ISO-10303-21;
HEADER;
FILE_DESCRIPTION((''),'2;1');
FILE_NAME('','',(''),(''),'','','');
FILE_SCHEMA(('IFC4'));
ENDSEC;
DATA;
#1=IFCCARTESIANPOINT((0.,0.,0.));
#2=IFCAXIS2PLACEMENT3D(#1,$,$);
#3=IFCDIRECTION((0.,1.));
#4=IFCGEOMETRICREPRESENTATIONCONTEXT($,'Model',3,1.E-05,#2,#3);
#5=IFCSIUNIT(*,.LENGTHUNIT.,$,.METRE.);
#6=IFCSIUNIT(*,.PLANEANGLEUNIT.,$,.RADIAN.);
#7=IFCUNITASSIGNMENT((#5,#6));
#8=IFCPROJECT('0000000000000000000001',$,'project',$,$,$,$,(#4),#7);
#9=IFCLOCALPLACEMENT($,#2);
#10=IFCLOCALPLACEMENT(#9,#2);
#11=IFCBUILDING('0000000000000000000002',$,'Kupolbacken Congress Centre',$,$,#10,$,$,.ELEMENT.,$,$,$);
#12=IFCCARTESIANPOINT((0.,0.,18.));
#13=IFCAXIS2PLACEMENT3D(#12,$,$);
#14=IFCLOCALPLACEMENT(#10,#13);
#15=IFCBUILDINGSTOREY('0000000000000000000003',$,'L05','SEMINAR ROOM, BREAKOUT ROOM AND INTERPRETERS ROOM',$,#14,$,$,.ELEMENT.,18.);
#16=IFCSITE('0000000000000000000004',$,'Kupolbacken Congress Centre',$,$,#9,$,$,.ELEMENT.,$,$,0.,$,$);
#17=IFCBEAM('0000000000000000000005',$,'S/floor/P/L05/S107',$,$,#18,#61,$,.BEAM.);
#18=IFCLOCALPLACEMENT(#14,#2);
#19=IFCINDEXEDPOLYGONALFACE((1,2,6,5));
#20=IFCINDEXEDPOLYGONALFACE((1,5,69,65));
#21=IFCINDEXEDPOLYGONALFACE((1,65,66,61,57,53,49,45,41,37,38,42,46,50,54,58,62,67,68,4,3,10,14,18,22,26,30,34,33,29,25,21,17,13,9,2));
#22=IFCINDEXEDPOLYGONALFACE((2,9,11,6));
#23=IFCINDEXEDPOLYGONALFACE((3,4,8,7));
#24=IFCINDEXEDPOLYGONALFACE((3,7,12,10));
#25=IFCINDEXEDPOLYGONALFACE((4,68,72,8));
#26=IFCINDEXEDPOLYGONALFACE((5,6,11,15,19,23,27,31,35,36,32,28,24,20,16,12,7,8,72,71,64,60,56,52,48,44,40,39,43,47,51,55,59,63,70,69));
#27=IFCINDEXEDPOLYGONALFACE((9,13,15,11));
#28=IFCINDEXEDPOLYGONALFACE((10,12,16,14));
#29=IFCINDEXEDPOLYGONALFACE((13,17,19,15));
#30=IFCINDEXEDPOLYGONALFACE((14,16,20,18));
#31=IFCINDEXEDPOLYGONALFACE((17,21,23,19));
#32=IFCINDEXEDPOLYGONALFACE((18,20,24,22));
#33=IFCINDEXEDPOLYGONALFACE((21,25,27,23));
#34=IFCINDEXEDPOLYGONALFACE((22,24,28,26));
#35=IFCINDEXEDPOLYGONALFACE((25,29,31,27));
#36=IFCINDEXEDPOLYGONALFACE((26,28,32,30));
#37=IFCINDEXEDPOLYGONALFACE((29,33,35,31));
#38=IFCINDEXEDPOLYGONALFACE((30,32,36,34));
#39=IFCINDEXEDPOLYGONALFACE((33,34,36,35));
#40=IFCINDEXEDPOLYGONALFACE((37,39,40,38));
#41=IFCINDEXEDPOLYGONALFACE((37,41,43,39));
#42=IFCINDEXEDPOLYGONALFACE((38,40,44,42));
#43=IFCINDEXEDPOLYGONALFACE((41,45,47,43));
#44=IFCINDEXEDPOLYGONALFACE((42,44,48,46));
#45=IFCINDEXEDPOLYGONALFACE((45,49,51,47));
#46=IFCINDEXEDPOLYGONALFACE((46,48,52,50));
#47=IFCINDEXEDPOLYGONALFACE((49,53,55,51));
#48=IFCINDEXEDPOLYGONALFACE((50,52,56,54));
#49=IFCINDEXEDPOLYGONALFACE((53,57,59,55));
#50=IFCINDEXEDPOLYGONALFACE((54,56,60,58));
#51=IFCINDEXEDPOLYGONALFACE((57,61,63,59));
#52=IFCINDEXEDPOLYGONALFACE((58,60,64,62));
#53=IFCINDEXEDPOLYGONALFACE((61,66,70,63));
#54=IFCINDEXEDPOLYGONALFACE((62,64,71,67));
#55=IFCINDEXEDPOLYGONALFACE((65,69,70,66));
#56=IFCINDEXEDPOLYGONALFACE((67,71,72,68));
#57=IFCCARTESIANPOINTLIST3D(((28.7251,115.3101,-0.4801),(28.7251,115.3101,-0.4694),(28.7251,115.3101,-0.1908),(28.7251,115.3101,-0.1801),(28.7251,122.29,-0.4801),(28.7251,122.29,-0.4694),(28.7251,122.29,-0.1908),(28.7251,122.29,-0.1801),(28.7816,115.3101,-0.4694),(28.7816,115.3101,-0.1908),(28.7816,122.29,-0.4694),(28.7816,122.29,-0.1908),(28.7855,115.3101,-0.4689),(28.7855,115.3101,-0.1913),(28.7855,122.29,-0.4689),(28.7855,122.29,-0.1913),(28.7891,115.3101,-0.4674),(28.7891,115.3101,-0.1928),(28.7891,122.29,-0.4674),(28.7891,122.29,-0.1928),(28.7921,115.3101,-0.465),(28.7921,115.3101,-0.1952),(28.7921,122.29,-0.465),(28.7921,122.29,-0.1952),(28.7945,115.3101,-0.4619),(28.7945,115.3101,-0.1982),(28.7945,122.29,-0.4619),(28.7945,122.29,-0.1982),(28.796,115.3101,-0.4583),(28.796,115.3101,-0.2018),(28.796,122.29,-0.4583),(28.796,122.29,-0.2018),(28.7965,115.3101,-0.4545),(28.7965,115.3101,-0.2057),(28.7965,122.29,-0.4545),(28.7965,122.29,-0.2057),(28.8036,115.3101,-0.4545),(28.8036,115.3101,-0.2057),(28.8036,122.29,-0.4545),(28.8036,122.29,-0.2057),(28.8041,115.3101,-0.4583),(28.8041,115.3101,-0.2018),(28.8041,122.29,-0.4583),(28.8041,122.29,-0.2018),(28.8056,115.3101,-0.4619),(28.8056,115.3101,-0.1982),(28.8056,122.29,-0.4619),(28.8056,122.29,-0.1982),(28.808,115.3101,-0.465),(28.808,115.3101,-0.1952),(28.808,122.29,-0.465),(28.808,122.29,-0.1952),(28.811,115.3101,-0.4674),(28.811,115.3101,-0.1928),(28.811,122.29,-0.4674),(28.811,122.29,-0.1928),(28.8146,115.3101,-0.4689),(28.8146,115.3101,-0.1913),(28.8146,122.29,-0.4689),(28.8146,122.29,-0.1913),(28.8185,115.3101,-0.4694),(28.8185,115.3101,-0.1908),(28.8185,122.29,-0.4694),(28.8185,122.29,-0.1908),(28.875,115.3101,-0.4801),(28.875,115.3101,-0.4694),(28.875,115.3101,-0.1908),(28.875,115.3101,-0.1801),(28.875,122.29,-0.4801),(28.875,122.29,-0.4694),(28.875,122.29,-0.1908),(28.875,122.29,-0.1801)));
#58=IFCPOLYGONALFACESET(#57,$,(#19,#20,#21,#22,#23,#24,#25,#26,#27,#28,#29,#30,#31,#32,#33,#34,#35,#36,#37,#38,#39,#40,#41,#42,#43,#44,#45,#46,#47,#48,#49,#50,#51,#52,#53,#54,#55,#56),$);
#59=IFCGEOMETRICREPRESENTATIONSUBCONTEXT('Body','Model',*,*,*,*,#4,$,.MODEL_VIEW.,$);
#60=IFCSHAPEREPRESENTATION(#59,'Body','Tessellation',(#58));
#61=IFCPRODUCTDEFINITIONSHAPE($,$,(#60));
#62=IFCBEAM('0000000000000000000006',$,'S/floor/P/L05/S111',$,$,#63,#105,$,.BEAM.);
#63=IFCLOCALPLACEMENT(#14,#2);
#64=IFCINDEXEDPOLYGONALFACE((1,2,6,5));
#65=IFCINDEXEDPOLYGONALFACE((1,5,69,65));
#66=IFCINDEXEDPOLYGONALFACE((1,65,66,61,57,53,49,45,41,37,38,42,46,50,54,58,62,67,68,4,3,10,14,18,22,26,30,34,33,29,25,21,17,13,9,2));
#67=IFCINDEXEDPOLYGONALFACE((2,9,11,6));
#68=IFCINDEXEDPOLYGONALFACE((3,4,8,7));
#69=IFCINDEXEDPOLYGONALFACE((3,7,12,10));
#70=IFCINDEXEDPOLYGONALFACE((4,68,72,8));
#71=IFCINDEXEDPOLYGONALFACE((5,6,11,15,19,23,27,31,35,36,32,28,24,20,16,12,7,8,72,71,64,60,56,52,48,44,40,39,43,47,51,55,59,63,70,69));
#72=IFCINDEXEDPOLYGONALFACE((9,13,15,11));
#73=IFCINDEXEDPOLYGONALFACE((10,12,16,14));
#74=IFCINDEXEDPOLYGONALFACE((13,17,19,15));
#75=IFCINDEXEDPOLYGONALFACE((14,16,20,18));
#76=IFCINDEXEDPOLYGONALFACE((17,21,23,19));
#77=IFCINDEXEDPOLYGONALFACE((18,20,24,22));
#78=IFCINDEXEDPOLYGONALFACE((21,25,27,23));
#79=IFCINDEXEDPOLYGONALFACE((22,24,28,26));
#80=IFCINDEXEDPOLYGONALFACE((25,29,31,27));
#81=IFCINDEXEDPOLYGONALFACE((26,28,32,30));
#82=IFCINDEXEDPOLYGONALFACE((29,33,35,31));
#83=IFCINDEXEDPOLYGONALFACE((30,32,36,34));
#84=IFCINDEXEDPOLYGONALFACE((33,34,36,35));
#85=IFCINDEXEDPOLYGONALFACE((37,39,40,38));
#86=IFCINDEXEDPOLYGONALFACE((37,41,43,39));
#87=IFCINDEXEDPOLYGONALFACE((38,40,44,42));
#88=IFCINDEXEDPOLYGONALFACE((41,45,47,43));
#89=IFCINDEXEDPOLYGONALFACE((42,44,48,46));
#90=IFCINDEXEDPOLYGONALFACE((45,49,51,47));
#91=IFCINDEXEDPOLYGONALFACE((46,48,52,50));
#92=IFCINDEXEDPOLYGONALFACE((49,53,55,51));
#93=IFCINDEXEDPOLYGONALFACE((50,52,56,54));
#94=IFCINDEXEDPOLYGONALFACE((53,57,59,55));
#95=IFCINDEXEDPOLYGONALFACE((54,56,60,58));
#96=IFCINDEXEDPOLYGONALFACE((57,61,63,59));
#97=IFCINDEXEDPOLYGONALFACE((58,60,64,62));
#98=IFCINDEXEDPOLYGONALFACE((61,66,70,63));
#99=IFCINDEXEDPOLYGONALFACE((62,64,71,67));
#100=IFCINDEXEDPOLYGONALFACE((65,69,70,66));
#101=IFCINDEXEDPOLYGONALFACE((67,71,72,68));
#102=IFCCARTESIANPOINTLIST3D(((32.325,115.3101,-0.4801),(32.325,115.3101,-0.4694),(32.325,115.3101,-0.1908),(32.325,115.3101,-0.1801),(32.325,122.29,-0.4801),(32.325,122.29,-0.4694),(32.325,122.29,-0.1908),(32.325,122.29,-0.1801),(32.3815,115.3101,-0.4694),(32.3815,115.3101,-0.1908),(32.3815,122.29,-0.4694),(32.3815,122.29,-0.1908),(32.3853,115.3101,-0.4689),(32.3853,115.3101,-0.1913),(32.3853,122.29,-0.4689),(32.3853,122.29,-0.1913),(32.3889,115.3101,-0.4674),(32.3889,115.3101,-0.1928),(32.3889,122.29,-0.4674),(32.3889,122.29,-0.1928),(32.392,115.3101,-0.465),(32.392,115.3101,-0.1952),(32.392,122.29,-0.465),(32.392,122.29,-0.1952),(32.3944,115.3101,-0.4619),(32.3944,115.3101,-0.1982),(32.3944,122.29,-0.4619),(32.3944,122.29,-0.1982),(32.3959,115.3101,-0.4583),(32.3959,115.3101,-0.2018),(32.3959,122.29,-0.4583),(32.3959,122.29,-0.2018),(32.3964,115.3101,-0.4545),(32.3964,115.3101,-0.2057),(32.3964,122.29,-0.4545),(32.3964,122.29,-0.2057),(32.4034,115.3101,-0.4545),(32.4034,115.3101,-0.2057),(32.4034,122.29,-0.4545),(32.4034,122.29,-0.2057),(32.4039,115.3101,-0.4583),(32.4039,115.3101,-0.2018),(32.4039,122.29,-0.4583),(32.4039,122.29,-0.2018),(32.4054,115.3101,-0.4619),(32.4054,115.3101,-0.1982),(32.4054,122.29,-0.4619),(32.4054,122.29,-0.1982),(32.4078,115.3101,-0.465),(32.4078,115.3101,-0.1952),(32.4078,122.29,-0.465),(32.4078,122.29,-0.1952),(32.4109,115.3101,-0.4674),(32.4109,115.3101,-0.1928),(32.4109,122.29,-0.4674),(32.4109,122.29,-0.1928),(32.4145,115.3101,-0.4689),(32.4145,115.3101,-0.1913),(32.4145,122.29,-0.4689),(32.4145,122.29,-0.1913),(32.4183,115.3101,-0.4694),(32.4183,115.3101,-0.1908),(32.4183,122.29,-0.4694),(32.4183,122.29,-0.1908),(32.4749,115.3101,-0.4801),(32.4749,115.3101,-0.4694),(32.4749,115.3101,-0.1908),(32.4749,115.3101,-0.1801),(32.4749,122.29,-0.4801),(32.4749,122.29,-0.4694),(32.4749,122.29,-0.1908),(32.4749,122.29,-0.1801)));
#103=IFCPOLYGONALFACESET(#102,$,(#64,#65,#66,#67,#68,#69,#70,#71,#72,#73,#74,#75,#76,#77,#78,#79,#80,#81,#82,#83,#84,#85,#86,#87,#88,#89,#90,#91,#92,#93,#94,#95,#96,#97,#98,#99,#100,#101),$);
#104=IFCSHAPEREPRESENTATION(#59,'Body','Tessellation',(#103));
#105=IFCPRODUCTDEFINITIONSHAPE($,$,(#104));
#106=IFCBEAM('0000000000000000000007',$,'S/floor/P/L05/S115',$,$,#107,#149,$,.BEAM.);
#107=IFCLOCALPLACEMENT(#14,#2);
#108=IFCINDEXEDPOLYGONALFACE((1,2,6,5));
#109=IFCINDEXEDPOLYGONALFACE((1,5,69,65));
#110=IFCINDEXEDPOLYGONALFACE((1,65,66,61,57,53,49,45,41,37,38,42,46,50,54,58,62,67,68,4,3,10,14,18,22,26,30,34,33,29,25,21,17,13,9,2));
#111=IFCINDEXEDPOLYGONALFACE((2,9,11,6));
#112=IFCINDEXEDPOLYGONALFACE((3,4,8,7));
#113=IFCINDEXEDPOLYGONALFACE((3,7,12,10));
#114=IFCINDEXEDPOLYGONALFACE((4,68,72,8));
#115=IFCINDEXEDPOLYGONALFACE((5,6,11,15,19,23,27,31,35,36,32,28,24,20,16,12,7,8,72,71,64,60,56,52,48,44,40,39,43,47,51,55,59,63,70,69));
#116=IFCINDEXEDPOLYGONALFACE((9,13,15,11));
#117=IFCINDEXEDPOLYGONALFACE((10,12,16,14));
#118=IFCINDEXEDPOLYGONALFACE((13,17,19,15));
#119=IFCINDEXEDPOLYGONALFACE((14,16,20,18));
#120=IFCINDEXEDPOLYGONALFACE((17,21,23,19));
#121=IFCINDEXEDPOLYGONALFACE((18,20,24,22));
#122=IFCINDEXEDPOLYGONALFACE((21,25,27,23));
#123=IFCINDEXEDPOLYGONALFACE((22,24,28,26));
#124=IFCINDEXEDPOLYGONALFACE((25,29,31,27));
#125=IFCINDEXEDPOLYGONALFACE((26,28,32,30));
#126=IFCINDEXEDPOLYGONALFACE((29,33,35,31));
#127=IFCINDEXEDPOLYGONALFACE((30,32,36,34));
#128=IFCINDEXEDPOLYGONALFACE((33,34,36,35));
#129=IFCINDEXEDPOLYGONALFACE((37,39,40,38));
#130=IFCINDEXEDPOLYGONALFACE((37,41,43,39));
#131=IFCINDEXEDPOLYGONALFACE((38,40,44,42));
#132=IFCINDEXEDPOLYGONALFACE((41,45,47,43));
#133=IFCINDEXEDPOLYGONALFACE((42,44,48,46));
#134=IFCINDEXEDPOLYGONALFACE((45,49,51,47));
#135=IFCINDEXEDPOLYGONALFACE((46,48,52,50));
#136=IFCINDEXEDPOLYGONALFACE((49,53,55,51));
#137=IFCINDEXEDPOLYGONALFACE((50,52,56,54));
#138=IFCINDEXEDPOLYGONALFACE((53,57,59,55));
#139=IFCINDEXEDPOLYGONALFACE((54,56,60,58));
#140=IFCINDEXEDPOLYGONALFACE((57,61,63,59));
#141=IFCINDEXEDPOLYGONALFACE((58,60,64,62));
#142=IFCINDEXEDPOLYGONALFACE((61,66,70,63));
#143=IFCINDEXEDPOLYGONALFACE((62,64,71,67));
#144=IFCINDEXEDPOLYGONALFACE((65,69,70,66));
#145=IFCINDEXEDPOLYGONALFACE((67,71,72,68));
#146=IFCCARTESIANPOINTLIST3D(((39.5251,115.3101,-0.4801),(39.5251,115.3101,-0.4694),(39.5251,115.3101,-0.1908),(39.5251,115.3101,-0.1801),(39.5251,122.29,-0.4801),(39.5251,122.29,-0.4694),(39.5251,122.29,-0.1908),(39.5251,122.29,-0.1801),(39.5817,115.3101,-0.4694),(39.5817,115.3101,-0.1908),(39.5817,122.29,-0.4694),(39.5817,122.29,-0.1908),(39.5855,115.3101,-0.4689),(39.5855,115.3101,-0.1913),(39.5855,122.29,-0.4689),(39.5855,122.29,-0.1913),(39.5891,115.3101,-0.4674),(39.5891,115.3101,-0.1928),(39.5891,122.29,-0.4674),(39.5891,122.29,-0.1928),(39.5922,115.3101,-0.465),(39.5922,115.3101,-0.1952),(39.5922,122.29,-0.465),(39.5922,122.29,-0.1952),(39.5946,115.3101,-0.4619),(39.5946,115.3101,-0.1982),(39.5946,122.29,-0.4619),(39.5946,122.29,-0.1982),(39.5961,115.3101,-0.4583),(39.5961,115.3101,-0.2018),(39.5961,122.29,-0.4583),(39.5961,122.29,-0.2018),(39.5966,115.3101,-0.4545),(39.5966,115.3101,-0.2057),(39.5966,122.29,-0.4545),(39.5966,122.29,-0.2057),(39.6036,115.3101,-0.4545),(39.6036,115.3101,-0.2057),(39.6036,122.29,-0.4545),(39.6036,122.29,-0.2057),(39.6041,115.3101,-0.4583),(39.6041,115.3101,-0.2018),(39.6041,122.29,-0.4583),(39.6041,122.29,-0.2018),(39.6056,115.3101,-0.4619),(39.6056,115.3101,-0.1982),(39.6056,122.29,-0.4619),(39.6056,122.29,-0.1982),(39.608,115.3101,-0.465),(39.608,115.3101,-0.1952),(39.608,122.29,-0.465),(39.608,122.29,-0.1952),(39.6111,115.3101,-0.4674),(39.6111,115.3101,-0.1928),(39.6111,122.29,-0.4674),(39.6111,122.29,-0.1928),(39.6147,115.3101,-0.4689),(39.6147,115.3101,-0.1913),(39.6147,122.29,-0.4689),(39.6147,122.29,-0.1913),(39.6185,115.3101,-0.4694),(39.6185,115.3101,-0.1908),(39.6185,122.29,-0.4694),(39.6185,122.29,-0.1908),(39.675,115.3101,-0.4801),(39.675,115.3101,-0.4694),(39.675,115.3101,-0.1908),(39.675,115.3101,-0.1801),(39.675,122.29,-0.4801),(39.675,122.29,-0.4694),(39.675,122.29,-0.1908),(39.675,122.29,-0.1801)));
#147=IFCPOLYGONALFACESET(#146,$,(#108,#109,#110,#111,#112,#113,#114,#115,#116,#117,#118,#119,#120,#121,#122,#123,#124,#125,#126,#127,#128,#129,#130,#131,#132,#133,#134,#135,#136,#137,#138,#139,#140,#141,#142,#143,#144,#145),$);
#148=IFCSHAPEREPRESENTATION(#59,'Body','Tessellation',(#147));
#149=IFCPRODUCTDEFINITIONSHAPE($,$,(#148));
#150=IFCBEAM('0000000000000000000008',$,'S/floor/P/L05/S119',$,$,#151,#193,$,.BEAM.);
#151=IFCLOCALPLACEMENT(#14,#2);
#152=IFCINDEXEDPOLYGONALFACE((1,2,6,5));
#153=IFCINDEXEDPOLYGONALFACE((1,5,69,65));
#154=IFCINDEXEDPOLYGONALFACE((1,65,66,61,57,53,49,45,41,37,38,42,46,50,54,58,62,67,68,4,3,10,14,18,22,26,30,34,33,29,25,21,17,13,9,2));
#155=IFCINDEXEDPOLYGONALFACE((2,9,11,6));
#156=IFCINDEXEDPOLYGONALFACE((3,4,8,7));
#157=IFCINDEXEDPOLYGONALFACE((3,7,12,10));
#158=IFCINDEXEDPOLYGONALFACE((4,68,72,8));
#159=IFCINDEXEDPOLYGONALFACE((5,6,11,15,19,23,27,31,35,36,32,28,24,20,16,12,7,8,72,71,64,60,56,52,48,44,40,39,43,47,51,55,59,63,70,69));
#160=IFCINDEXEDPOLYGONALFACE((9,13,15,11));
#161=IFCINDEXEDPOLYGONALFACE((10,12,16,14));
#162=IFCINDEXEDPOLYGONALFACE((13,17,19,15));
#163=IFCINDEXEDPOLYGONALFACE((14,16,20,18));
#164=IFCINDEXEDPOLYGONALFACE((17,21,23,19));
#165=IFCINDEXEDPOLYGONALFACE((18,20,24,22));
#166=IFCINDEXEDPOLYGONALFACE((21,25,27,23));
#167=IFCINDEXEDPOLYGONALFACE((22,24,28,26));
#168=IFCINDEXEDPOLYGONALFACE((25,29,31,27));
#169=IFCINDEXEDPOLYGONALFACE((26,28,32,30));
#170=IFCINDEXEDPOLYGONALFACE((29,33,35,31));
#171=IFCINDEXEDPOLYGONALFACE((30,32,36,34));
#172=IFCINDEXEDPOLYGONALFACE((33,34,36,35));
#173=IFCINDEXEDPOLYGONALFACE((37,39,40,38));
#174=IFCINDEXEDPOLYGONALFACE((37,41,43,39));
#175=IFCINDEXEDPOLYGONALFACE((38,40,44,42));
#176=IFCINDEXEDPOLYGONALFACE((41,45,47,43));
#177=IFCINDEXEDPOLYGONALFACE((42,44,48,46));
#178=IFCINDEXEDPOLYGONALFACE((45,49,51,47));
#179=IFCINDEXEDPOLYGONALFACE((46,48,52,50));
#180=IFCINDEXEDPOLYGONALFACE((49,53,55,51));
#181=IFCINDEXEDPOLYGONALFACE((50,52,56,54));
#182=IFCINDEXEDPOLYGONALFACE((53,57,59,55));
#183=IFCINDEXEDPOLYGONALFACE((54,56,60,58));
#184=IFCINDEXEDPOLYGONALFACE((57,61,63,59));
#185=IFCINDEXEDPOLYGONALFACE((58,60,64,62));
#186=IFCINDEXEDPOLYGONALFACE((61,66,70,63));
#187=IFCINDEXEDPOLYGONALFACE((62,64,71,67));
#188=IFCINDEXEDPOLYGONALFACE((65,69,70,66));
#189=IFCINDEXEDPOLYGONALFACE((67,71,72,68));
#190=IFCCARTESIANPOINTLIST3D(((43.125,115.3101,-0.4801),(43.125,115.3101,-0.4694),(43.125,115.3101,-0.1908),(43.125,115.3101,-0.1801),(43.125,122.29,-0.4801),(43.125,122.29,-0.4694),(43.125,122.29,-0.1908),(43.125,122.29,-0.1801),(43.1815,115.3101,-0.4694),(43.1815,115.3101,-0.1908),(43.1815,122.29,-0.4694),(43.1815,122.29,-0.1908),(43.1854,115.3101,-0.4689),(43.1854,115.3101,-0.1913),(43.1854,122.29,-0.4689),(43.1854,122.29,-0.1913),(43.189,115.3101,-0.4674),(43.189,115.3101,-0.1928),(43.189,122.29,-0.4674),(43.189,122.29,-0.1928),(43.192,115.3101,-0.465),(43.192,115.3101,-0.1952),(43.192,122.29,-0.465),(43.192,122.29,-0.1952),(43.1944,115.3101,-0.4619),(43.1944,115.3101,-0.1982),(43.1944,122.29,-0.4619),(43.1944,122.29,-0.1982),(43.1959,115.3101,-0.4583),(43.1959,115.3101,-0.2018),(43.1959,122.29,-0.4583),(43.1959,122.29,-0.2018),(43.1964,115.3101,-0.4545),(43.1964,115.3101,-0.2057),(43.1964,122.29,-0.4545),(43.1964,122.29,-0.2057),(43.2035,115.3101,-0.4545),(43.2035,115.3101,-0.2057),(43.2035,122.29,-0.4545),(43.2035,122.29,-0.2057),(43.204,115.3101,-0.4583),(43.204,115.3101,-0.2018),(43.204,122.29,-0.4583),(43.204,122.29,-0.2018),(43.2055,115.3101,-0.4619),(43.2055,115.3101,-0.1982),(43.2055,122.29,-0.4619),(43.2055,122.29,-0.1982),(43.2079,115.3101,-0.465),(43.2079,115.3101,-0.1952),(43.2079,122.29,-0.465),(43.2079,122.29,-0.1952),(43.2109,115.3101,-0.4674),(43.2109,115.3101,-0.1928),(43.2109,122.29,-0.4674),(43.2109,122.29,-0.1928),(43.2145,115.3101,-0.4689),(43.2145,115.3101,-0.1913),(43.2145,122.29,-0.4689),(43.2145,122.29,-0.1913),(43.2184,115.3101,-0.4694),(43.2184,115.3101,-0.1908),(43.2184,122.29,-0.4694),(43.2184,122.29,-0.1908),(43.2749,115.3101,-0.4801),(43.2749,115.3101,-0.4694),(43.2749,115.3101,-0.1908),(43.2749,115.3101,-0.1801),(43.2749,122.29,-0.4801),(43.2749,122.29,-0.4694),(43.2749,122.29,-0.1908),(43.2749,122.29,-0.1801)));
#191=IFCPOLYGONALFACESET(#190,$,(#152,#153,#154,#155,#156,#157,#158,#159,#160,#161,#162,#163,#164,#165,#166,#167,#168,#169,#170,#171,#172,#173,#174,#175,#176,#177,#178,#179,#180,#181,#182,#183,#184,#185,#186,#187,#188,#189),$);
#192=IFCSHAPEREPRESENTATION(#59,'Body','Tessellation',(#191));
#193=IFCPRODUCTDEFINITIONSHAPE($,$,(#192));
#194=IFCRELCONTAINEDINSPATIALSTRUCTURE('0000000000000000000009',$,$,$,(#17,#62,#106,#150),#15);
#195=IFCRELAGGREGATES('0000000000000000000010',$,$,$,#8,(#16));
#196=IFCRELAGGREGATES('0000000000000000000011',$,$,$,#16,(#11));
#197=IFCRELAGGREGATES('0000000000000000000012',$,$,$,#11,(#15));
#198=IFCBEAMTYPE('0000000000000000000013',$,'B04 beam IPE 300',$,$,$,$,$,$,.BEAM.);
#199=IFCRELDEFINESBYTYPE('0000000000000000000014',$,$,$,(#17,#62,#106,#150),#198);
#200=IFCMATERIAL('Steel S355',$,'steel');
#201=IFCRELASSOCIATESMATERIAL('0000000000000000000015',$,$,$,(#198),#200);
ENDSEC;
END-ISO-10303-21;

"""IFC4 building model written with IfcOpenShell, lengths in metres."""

from ifc_helpers import new_model, si_unit, direction, frame, origin, origin_2d, place, context, subcontext, project, spatial, i_section, extrude, material, material_profile, profile_set, type_object, element, save


model = new_model("IFC4")

# Units and contexts
model_context = context("Model", 3, precision=1e-05, world=origin(), true_north=direction((0.0, 1.0)))
body_context = subcontext(model_context, "Body", "Model", "MODEL_VIEW")
ifc_project = project(units=[si_unit("LENGTHUNIT", "METRE"), si_unit("PLANEANGLEUNIT", "RADIAN")], contexts=[model_context])

# Site, building, storey
site_placement = place(None, origin())
site = spatial("IfcSite", under=ifc_project, at=site_placement, Name="Kupolbacken Congress Centre", CompositionType="ELEMENT", RefElevation=0.0)
building_placement = place(site_placement, origin())
building = spatial("IfcBuilding", under=site, at=building_placement, Name="Kupolbacken Congress Centre", CompositionType="ELEMENT")
storey_placement = place(building_placement, frame((0.0, 0.0, 18.0)))
storey = spatial("IfcBuildingStorey", under=building, at=storey_placement, Name="L05", Description="SEMINAR ROOM, BREAKOUT ROOM AND INTERPRETERS ROOM", CompositionType="ELEMENT", Elevation=18.0)

# Beams
ifc_material_1 = material(Name="Steel S355", Category="steel")
ifc_material_profile_1 = material_profile(ifc_material_1, i_section(OverallWidth=0.1499, OverallDepth=0.3, WebThickness=0.0071, FlangeThickness=0.0107, FilletRadius=0.0149, at=origin_2d()), Name="IPE 300")
ifc_profile_set_1 = profile_set([ifc_material_profile_1], Name="Steel S355")
beam_type_1 = type_object("IfcBeamType", Name="B04 beam IPE 300", PredefinedType="BEAM", material=ifc_profile_set_1)
for number, where, z_axis, x_axis, name in (
    (1, (28.8, 115.3101, -0.3301), (0.0, 1.0, 0.0), (-1.0, 0.0, 0.0), "S/floor/P/L05/S107"),
    (2, (32.3999, 115.3101, -0.3301), (0.0, 1.0, 0.0), (-1.0, 0.0, 0.0), "S/floor/P/L05/S111"),
    (3, (39.6001, 115.3101, -0.3301), (0.0, 1.0, 0.0), (-1.0, 0.0, 0.0), "S/floor/P/L05/S115"),
    (4, (43.2, 115.3101, -0.3301), (0.0, 1.0, 0.0), (-1.0, 0.0, 0.0), "S/floor/P/L05/S119"),
):
    element("IfcBeam", number, at=place(storey_placement, frame(where, z_axis=z_axis, x_axis=x_axis)), inside=storey, type_object=beam_type_1, Name=name, PredefinedType="BEAM", context=body_context, shape_type="SweptSolid", body=[
        extrude(i_section(OverallWidth=0.1499, OverallDepth=0.3, WebThickness=0.0071, FlangeThickness=0.0107, FilletRadius=0.0149, at=origin_2d()), origin(), (0.0, 0.0, 1.0), 6.98),
    ])

save(model, "model.ifc")
